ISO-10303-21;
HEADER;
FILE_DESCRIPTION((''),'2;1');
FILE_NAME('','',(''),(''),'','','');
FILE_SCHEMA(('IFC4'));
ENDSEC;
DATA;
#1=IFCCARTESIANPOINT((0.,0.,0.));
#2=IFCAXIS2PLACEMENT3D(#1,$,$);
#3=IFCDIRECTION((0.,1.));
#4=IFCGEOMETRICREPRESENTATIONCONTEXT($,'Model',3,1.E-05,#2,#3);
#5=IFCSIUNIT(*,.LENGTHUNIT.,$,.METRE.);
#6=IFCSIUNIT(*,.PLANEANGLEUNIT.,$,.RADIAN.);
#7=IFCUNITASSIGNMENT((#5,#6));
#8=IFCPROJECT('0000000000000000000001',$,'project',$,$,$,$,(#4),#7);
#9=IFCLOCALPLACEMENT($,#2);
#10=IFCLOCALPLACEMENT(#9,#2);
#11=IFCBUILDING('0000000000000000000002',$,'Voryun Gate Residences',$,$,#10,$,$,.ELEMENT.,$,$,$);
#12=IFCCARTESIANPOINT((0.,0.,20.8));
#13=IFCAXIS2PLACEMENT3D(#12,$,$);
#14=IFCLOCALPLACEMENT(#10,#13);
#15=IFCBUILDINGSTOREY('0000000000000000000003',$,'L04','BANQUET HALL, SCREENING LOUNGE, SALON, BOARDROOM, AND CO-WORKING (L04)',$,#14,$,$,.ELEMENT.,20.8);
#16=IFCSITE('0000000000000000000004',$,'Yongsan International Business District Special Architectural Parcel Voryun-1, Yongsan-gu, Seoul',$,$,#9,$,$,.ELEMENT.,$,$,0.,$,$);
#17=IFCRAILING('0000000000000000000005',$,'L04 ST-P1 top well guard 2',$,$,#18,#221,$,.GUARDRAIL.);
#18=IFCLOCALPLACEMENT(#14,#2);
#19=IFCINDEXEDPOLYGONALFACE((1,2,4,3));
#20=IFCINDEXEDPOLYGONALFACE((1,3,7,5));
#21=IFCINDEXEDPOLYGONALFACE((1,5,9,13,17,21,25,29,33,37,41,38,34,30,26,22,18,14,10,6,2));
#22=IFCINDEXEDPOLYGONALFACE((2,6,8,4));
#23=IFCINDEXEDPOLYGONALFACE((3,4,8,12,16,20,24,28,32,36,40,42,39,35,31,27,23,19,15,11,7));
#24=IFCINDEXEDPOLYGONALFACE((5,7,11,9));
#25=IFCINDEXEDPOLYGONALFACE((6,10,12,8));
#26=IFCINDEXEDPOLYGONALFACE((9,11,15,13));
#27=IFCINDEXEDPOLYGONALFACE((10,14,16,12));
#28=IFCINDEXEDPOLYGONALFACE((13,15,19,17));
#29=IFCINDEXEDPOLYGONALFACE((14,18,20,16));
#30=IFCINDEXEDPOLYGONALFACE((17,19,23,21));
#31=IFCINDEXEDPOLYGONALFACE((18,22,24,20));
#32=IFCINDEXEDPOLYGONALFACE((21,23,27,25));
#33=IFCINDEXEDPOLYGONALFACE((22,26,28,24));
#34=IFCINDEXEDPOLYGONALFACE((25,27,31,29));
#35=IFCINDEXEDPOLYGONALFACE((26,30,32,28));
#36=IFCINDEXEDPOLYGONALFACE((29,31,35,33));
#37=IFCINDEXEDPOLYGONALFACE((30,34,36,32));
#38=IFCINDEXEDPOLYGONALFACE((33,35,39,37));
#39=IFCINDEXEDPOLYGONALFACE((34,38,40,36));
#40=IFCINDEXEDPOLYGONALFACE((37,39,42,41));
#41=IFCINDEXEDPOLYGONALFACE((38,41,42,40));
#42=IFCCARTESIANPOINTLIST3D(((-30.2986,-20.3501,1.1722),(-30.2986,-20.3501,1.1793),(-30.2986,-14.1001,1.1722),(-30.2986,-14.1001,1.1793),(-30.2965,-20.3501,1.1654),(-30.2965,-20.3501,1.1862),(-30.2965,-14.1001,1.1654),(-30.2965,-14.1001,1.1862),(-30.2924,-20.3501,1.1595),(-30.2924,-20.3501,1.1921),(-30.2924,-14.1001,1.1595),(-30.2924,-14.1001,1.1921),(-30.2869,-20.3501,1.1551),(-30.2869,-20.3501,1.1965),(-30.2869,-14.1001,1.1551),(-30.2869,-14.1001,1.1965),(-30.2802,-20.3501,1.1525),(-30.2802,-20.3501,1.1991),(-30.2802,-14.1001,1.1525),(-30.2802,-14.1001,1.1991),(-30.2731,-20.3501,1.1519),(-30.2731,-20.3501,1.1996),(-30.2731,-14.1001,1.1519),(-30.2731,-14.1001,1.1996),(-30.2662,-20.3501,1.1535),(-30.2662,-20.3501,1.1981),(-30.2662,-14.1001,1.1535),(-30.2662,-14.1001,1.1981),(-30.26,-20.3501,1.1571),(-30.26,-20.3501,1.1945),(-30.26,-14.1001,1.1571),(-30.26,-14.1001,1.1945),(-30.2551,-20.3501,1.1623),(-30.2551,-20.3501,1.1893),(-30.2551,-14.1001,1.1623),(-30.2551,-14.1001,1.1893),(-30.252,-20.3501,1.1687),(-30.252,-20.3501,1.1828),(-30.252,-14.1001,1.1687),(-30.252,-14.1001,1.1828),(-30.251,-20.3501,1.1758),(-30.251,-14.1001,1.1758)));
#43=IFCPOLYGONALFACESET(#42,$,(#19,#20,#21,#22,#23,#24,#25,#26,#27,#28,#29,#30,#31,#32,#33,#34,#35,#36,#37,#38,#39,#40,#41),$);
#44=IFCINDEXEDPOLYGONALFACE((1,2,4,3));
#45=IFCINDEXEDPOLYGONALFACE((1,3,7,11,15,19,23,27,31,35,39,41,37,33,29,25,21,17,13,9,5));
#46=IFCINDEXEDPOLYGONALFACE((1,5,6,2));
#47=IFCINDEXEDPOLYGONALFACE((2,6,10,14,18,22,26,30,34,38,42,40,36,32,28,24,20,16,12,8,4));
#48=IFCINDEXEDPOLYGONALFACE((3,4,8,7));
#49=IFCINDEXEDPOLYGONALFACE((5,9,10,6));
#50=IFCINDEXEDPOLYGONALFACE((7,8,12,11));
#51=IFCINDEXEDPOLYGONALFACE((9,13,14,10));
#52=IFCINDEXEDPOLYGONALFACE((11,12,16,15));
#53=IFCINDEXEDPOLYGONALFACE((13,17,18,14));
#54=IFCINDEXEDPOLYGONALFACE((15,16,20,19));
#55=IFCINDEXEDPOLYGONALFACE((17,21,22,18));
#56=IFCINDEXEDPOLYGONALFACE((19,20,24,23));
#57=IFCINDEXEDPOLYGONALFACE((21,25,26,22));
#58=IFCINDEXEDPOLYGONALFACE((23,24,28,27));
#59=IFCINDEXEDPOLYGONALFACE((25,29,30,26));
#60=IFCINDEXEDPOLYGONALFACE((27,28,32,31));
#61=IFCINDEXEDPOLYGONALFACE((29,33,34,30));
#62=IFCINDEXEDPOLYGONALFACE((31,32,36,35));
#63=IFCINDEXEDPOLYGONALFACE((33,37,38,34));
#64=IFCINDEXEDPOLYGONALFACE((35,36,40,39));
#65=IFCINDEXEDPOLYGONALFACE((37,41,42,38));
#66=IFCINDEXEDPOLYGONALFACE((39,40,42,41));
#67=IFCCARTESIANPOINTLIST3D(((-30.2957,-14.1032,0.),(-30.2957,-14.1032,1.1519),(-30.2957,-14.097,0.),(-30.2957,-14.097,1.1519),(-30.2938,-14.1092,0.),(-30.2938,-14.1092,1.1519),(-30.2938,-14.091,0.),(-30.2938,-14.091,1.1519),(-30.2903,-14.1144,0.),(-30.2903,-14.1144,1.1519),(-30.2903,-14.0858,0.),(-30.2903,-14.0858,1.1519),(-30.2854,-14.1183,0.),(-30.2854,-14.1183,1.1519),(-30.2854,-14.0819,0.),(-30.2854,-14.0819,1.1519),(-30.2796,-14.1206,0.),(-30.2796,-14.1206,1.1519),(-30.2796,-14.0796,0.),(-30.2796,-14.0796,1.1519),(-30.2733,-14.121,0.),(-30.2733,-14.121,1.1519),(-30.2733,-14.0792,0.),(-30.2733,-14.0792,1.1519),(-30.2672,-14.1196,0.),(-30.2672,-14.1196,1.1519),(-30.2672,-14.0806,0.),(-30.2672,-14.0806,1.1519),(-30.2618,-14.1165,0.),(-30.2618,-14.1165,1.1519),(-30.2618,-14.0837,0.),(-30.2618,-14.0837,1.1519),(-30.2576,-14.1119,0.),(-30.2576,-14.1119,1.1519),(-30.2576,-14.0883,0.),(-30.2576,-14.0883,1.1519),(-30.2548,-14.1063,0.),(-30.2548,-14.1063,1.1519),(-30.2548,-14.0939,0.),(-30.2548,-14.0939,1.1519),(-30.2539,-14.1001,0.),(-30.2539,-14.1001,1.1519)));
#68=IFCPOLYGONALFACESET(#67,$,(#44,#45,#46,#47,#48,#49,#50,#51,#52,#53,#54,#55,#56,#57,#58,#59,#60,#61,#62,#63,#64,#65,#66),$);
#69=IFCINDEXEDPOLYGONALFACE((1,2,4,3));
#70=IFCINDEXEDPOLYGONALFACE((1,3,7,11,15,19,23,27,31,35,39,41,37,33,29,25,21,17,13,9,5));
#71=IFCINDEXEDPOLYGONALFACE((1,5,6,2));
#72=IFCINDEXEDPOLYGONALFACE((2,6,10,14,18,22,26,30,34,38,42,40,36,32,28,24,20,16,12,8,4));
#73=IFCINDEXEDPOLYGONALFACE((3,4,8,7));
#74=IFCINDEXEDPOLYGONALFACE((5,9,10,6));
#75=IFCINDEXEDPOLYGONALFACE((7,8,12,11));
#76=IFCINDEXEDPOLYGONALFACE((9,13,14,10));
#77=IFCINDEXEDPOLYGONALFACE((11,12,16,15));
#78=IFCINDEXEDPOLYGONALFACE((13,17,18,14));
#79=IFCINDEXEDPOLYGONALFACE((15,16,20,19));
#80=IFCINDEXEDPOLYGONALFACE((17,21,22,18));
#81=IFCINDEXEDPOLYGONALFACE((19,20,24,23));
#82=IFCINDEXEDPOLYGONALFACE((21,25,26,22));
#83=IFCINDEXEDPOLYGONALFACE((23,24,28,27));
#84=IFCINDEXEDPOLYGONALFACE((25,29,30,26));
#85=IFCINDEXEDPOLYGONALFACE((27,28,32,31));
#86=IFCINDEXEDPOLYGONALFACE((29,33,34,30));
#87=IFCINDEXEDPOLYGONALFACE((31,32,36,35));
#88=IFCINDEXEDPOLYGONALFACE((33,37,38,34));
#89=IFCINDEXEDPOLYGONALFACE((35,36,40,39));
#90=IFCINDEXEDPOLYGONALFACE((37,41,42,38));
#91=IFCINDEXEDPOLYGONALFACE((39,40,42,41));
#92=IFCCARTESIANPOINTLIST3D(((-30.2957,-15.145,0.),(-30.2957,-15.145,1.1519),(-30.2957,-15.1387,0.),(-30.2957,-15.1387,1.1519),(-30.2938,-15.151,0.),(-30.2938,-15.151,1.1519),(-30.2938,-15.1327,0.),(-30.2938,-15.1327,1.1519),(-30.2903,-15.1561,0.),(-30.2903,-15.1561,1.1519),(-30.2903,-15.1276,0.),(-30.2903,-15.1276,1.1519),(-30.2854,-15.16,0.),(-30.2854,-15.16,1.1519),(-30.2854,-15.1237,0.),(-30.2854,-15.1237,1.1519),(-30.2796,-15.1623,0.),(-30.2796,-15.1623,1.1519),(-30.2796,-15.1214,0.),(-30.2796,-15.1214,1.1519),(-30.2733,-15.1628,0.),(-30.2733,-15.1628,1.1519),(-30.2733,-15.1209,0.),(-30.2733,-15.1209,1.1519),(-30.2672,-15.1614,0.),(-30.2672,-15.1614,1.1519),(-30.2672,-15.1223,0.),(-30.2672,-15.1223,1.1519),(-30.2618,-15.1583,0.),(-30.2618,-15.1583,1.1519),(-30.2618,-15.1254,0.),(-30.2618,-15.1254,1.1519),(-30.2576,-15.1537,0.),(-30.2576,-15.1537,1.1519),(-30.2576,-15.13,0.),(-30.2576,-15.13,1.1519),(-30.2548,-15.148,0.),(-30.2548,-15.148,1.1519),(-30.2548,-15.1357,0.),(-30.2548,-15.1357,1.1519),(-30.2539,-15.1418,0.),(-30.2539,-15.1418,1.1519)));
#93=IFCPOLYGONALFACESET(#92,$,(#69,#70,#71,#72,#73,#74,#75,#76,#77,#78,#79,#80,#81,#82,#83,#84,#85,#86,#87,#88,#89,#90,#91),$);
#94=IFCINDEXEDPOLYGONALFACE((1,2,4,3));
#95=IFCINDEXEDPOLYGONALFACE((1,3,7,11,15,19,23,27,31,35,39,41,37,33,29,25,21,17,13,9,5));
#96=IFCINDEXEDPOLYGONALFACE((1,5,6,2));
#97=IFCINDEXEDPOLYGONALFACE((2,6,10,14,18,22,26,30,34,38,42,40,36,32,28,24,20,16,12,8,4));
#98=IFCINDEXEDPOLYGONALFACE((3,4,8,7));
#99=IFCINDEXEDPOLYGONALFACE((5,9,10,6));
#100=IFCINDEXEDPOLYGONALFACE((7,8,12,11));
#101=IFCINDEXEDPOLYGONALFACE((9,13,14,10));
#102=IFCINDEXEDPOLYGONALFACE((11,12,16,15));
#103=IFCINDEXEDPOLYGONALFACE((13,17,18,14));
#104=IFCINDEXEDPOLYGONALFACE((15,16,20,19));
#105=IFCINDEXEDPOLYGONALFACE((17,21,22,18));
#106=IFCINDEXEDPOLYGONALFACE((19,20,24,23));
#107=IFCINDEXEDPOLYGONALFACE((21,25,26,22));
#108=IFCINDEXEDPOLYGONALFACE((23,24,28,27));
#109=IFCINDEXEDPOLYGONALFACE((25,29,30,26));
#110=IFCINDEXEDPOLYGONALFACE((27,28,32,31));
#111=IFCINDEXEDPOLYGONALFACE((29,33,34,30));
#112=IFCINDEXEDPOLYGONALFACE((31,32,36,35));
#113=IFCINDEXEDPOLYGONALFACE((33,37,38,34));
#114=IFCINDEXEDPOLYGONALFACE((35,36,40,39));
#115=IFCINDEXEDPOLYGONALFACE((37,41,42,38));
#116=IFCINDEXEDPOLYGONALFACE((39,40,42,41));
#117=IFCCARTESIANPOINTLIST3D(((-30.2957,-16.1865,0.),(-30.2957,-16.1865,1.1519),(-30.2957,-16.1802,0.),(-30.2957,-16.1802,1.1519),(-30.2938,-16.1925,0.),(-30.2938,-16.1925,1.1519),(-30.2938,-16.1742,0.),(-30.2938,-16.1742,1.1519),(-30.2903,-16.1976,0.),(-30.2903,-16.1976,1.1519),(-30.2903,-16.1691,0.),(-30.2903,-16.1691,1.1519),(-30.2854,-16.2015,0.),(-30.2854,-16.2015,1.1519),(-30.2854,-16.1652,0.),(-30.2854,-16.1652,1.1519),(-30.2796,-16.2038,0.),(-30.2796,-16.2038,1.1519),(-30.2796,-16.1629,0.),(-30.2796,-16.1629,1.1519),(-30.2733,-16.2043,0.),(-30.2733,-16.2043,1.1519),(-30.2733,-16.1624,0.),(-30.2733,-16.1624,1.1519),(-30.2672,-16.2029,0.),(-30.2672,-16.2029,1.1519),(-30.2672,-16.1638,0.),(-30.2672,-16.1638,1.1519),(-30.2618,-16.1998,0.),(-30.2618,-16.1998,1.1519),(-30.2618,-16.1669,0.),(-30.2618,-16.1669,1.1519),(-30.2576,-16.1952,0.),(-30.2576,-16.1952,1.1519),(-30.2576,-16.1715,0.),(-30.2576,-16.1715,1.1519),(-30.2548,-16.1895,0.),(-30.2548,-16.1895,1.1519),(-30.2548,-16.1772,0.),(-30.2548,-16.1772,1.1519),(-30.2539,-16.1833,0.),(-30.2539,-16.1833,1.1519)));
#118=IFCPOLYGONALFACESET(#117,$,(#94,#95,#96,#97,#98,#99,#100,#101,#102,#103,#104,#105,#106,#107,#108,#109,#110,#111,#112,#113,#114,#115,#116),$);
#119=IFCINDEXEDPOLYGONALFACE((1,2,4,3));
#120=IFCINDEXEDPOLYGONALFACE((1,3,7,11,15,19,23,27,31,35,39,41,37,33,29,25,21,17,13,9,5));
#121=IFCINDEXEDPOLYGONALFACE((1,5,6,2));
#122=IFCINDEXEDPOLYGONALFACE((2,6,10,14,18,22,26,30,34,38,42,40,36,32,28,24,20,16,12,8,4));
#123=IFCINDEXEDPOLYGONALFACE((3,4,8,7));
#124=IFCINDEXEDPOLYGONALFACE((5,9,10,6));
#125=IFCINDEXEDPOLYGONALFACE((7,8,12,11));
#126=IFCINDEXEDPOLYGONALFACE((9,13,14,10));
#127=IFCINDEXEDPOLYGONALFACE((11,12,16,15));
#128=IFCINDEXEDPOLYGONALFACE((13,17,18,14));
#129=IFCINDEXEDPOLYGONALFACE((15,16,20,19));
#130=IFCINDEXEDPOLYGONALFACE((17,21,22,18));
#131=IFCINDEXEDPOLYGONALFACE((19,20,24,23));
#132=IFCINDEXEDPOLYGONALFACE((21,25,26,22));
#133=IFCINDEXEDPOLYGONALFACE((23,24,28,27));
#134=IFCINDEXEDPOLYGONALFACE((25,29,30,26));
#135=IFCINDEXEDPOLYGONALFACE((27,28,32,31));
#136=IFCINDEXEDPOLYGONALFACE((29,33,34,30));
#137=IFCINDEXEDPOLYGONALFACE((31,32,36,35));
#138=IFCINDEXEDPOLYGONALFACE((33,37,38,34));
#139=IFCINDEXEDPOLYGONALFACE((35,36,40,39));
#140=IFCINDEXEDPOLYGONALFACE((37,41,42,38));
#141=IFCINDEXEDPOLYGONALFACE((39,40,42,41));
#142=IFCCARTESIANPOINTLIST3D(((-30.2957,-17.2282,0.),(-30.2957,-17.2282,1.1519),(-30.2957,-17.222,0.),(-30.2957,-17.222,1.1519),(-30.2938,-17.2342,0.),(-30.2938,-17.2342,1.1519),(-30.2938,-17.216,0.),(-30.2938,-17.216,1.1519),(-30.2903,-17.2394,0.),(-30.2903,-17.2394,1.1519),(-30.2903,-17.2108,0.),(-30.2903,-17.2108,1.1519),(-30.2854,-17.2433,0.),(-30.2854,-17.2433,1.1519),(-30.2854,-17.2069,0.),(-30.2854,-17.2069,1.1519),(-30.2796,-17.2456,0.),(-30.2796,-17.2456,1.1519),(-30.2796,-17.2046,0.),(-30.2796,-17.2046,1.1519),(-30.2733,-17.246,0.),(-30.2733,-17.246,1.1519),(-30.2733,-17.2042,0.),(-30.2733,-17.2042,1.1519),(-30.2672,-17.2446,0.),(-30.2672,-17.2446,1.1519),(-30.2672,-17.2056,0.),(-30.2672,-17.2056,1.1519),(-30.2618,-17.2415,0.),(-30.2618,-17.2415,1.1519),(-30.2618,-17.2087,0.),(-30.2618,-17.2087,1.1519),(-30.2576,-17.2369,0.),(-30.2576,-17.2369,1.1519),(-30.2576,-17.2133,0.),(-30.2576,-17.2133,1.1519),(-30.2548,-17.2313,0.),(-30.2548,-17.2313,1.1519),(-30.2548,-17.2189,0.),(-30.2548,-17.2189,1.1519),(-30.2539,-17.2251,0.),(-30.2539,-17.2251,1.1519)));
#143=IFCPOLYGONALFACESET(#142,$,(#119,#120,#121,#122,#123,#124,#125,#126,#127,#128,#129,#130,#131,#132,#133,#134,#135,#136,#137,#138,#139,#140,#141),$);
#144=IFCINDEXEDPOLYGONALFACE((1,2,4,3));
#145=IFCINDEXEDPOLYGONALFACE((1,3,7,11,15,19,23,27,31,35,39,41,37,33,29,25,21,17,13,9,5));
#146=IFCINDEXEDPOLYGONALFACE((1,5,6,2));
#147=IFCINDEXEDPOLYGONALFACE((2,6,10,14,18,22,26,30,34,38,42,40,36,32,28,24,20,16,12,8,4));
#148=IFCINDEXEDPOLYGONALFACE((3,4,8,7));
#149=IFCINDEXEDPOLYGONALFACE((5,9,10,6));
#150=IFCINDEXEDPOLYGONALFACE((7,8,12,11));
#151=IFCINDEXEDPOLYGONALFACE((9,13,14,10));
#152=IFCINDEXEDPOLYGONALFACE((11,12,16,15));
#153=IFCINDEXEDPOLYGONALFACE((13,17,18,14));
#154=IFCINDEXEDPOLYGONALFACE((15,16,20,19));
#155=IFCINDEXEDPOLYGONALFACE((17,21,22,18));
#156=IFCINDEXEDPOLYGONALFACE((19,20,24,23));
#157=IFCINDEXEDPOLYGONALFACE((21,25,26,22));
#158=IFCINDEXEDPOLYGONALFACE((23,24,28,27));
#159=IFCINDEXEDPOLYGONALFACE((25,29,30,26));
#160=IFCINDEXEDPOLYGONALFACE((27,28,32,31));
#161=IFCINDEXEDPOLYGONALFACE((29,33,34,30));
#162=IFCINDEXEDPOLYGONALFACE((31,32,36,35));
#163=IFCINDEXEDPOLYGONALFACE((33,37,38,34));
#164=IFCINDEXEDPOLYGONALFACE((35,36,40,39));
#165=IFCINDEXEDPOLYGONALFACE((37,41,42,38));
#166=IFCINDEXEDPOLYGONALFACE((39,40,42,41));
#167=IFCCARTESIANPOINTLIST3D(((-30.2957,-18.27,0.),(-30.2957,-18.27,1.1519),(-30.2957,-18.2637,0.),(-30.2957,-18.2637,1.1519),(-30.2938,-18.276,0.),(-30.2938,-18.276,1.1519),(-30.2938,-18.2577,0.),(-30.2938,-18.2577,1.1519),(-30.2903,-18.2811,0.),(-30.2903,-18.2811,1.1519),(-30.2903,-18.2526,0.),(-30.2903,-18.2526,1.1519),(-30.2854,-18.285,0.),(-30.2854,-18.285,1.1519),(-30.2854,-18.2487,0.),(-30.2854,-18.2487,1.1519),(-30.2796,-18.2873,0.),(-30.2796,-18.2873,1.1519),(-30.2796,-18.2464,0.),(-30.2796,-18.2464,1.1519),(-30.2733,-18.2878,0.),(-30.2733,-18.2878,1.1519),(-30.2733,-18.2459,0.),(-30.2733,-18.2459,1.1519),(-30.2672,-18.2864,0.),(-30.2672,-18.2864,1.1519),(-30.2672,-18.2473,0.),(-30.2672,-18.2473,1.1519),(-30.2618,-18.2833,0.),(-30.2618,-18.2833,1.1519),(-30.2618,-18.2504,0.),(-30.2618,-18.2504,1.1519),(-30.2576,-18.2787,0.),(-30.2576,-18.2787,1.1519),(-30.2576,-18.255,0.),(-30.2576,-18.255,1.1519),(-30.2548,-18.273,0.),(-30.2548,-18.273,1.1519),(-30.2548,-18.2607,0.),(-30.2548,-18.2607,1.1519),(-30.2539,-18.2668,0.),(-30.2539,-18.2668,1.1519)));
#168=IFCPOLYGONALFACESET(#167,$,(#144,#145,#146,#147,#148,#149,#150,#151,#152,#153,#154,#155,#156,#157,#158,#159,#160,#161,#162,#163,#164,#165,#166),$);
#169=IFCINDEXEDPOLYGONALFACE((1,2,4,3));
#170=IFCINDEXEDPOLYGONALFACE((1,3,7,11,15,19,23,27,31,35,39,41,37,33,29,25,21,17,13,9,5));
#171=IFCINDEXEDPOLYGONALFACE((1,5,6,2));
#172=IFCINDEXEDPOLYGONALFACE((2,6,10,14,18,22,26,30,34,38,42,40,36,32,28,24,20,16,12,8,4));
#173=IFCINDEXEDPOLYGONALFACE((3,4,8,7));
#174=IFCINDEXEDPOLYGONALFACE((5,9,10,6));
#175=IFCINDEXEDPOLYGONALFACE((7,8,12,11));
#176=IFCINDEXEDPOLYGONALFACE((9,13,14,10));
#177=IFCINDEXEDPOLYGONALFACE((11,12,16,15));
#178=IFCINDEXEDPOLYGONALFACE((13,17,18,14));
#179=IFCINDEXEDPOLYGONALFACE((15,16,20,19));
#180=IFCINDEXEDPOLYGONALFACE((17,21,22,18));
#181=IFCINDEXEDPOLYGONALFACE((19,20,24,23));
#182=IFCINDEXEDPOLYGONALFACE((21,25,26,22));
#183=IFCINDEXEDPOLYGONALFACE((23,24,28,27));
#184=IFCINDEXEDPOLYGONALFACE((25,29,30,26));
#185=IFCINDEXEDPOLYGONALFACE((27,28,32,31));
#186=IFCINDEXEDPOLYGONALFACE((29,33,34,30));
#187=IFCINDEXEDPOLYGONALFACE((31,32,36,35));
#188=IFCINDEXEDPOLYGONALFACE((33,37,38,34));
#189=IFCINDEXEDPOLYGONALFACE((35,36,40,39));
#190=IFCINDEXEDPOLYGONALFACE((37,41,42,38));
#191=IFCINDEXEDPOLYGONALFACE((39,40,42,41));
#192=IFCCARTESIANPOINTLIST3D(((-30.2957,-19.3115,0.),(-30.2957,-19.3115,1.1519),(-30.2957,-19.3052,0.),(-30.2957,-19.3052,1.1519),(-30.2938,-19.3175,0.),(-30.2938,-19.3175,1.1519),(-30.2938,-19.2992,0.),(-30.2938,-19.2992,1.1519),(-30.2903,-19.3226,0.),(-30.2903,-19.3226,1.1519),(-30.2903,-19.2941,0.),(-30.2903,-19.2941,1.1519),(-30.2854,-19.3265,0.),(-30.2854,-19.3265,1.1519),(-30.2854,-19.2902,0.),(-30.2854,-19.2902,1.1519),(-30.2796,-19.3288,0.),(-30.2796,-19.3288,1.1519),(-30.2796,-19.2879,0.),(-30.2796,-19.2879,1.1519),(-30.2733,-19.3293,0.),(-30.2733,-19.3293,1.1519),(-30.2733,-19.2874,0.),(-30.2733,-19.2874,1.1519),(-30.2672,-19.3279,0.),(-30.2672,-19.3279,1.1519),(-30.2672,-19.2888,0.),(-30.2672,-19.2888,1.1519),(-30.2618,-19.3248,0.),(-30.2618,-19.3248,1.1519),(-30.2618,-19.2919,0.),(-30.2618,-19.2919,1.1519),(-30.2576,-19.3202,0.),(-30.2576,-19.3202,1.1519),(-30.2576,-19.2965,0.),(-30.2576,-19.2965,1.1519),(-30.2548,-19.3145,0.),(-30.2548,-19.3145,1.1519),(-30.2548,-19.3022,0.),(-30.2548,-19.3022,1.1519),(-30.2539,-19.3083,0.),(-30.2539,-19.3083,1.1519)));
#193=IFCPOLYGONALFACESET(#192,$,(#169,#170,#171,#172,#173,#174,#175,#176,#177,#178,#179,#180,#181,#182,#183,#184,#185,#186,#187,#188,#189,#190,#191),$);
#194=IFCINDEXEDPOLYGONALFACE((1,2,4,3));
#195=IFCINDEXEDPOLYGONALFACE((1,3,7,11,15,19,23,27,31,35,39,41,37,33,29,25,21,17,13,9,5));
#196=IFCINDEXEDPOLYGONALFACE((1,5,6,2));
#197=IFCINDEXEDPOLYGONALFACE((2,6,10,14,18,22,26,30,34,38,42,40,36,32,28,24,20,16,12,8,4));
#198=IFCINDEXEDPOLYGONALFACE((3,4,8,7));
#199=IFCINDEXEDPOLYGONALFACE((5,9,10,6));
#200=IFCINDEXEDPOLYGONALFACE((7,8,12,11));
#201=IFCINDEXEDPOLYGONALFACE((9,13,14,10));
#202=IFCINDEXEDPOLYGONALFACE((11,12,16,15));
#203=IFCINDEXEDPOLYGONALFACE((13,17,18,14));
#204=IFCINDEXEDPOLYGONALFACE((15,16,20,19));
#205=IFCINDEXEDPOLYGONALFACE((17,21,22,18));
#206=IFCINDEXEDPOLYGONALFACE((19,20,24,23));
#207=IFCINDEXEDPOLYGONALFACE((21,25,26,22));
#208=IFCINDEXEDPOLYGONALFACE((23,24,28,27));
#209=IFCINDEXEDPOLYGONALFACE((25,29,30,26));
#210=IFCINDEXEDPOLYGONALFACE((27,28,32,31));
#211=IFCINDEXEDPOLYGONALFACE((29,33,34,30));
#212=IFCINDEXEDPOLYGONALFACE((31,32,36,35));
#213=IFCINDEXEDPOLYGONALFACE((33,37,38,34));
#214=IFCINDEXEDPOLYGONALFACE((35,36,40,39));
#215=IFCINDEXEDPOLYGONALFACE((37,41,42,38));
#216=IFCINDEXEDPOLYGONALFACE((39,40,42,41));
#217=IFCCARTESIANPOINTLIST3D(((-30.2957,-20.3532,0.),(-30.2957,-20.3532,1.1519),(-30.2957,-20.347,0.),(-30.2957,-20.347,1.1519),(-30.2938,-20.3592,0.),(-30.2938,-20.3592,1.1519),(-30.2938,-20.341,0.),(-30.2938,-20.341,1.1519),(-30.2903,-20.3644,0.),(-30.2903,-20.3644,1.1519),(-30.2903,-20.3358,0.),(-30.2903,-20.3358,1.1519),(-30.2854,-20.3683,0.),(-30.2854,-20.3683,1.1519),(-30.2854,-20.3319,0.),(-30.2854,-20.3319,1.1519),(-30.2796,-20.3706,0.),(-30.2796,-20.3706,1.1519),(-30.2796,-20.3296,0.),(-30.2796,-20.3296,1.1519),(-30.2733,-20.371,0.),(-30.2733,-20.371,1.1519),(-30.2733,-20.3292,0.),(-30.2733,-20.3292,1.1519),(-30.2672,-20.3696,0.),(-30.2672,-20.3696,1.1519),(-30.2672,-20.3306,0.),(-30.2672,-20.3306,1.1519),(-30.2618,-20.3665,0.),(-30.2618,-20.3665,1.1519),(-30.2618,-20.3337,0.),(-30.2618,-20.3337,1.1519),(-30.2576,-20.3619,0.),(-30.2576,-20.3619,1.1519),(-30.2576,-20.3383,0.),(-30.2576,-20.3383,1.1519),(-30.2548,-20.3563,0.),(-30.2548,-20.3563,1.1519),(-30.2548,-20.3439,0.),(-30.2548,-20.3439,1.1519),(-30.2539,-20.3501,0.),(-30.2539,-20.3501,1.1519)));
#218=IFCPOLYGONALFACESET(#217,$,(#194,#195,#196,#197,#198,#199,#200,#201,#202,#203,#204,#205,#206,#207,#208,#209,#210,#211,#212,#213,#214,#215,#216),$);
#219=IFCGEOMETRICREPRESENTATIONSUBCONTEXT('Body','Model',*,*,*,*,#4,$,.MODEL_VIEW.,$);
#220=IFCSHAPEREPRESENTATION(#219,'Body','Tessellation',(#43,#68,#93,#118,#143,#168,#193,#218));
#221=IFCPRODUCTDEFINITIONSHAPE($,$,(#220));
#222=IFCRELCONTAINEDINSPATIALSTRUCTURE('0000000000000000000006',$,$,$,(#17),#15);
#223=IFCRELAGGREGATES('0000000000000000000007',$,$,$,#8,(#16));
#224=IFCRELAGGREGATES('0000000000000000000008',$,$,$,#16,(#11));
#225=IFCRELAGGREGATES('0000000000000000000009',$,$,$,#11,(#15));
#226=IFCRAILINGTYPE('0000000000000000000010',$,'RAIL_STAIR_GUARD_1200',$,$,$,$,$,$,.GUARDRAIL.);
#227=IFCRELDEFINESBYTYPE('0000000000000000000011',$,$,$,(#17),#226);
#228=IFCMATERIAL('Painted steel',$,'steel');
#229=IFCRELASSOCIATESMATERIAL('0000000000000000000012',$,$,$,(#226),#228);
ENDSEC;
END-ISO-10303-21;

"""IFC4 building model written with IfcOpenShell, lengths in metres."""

from ifc_helpers import new_model, si_unit, direction, frame, origin, origin_2d, place, context, subcontext, project, spatial, circle, extrude, material, type_object, element, save


model = new_model("IFC4")

# Units and contexts
model_context = context("Model", 3, precision=1e-05, world=origin(), true_north=direction((0.0, 1.0)))
body_context = subcontext(model_context, "Body", "Model", "MODEL_VIEW")
ifc_project = project(units=[si_unit("LENGTHUNIT", "METRE"), si_unit("PLANEANGLEUNIT", "RADIAN")], contexts=[model_context])

# Site, building, storey
site_placement = place(None, origin())
site = spatial("IfcSite", under=ifc_project, at=site_placement, Name="Yongsan International Business District Special Architectural Parcel Voryun-1, Yongsan-gu, Seoul", CompositionType="ELEMENT", RefElevation=0.0)
building_placement = place(site_placement, origin())
building = spatial("IfcBuilding", under=site, at=building_placement, Name="Voryun Gate Residences", CompositionType="ELEMENT")
storey_placement = place(building_placement, frame((0.0, 0.0, 20.8)))
storey = spatial("IfcBuildingStorey", under=building, at=storey_placement, Name="L04", Description="BANQUET HALL, SCREENING LOUNGE, SALON, BOARDROOM, AND CO-WORKING (L04)", CompositionType="ELEMENT", Elevation=20.8)

# Railing
ifc_material_1 = material(Name="Painted steel", Category="steel")
railing_type = type_object("IfcRailingType", Name="RAIL_STAIR_GUARD_1200", PredefinedType="GUARDRAIL", material=ifc_material_1)
railing_1_placement = place(storey_placement, frame((-30.2749, -14.1001, 0.0)))
element("IfcRailing", 1, at=railing_1_placement, inside=storey, type_object=railing_type, Name="L04 ST-P1 top well guard 2", PredefinedType="GUARDRAIL", context=body_context, shape_type="SweptSolid", body=[
    extrude(circle(Radius=0.0239, at=origin_2d()), frame((0.0, 0.0, 1.1758), z_axis=(0.0, -1.0, 0.0), x_axis=(1.0, 0.0, 0.0)), (0.0, 0.0, 1.0), 6.25),
    extrude(circle(Radius=0.021, at=origin_2d()), origin(), (0.0, 0.0, 1.0), 1.1519),
    extrude(circle(Radius=0.021, at=origin_2d()), frame((0.0, -1.0417, 0.0)), (0.0, 0.0, 1.0), 1.1519),
    extrude(circle(Radius=0.021, at=origin_2d()), frame((0.0, -2.0833, 0.0)), (0.0, 0.0, 1.0), 1.1519),
    extrude(circle(Radius=0.021, at=origin_2d()), frame((0.0, -3.125, 0.0)), (0.0, 0.0, 1.0), 1.1519),
    extrude(circle(Radius=0.021, at=origin_2d()), frame((0.0, -4.1667, 0.0)), (0.0, 0.0, 1.0), 1.1519),
    extrude(circle(Radius=0.021, at=origin_2d()), frame((0.0, -5.2083, 0.0)), (0.0, 0.0, 1.0), 1.1519),
    extrude(circle(Radius=0.021, at=origin_2d()), frame((0.0, -6.25, 0.0)), (0.0, 0.0, 1.0), 1.1519),
])

save(model, "model.ifc")
